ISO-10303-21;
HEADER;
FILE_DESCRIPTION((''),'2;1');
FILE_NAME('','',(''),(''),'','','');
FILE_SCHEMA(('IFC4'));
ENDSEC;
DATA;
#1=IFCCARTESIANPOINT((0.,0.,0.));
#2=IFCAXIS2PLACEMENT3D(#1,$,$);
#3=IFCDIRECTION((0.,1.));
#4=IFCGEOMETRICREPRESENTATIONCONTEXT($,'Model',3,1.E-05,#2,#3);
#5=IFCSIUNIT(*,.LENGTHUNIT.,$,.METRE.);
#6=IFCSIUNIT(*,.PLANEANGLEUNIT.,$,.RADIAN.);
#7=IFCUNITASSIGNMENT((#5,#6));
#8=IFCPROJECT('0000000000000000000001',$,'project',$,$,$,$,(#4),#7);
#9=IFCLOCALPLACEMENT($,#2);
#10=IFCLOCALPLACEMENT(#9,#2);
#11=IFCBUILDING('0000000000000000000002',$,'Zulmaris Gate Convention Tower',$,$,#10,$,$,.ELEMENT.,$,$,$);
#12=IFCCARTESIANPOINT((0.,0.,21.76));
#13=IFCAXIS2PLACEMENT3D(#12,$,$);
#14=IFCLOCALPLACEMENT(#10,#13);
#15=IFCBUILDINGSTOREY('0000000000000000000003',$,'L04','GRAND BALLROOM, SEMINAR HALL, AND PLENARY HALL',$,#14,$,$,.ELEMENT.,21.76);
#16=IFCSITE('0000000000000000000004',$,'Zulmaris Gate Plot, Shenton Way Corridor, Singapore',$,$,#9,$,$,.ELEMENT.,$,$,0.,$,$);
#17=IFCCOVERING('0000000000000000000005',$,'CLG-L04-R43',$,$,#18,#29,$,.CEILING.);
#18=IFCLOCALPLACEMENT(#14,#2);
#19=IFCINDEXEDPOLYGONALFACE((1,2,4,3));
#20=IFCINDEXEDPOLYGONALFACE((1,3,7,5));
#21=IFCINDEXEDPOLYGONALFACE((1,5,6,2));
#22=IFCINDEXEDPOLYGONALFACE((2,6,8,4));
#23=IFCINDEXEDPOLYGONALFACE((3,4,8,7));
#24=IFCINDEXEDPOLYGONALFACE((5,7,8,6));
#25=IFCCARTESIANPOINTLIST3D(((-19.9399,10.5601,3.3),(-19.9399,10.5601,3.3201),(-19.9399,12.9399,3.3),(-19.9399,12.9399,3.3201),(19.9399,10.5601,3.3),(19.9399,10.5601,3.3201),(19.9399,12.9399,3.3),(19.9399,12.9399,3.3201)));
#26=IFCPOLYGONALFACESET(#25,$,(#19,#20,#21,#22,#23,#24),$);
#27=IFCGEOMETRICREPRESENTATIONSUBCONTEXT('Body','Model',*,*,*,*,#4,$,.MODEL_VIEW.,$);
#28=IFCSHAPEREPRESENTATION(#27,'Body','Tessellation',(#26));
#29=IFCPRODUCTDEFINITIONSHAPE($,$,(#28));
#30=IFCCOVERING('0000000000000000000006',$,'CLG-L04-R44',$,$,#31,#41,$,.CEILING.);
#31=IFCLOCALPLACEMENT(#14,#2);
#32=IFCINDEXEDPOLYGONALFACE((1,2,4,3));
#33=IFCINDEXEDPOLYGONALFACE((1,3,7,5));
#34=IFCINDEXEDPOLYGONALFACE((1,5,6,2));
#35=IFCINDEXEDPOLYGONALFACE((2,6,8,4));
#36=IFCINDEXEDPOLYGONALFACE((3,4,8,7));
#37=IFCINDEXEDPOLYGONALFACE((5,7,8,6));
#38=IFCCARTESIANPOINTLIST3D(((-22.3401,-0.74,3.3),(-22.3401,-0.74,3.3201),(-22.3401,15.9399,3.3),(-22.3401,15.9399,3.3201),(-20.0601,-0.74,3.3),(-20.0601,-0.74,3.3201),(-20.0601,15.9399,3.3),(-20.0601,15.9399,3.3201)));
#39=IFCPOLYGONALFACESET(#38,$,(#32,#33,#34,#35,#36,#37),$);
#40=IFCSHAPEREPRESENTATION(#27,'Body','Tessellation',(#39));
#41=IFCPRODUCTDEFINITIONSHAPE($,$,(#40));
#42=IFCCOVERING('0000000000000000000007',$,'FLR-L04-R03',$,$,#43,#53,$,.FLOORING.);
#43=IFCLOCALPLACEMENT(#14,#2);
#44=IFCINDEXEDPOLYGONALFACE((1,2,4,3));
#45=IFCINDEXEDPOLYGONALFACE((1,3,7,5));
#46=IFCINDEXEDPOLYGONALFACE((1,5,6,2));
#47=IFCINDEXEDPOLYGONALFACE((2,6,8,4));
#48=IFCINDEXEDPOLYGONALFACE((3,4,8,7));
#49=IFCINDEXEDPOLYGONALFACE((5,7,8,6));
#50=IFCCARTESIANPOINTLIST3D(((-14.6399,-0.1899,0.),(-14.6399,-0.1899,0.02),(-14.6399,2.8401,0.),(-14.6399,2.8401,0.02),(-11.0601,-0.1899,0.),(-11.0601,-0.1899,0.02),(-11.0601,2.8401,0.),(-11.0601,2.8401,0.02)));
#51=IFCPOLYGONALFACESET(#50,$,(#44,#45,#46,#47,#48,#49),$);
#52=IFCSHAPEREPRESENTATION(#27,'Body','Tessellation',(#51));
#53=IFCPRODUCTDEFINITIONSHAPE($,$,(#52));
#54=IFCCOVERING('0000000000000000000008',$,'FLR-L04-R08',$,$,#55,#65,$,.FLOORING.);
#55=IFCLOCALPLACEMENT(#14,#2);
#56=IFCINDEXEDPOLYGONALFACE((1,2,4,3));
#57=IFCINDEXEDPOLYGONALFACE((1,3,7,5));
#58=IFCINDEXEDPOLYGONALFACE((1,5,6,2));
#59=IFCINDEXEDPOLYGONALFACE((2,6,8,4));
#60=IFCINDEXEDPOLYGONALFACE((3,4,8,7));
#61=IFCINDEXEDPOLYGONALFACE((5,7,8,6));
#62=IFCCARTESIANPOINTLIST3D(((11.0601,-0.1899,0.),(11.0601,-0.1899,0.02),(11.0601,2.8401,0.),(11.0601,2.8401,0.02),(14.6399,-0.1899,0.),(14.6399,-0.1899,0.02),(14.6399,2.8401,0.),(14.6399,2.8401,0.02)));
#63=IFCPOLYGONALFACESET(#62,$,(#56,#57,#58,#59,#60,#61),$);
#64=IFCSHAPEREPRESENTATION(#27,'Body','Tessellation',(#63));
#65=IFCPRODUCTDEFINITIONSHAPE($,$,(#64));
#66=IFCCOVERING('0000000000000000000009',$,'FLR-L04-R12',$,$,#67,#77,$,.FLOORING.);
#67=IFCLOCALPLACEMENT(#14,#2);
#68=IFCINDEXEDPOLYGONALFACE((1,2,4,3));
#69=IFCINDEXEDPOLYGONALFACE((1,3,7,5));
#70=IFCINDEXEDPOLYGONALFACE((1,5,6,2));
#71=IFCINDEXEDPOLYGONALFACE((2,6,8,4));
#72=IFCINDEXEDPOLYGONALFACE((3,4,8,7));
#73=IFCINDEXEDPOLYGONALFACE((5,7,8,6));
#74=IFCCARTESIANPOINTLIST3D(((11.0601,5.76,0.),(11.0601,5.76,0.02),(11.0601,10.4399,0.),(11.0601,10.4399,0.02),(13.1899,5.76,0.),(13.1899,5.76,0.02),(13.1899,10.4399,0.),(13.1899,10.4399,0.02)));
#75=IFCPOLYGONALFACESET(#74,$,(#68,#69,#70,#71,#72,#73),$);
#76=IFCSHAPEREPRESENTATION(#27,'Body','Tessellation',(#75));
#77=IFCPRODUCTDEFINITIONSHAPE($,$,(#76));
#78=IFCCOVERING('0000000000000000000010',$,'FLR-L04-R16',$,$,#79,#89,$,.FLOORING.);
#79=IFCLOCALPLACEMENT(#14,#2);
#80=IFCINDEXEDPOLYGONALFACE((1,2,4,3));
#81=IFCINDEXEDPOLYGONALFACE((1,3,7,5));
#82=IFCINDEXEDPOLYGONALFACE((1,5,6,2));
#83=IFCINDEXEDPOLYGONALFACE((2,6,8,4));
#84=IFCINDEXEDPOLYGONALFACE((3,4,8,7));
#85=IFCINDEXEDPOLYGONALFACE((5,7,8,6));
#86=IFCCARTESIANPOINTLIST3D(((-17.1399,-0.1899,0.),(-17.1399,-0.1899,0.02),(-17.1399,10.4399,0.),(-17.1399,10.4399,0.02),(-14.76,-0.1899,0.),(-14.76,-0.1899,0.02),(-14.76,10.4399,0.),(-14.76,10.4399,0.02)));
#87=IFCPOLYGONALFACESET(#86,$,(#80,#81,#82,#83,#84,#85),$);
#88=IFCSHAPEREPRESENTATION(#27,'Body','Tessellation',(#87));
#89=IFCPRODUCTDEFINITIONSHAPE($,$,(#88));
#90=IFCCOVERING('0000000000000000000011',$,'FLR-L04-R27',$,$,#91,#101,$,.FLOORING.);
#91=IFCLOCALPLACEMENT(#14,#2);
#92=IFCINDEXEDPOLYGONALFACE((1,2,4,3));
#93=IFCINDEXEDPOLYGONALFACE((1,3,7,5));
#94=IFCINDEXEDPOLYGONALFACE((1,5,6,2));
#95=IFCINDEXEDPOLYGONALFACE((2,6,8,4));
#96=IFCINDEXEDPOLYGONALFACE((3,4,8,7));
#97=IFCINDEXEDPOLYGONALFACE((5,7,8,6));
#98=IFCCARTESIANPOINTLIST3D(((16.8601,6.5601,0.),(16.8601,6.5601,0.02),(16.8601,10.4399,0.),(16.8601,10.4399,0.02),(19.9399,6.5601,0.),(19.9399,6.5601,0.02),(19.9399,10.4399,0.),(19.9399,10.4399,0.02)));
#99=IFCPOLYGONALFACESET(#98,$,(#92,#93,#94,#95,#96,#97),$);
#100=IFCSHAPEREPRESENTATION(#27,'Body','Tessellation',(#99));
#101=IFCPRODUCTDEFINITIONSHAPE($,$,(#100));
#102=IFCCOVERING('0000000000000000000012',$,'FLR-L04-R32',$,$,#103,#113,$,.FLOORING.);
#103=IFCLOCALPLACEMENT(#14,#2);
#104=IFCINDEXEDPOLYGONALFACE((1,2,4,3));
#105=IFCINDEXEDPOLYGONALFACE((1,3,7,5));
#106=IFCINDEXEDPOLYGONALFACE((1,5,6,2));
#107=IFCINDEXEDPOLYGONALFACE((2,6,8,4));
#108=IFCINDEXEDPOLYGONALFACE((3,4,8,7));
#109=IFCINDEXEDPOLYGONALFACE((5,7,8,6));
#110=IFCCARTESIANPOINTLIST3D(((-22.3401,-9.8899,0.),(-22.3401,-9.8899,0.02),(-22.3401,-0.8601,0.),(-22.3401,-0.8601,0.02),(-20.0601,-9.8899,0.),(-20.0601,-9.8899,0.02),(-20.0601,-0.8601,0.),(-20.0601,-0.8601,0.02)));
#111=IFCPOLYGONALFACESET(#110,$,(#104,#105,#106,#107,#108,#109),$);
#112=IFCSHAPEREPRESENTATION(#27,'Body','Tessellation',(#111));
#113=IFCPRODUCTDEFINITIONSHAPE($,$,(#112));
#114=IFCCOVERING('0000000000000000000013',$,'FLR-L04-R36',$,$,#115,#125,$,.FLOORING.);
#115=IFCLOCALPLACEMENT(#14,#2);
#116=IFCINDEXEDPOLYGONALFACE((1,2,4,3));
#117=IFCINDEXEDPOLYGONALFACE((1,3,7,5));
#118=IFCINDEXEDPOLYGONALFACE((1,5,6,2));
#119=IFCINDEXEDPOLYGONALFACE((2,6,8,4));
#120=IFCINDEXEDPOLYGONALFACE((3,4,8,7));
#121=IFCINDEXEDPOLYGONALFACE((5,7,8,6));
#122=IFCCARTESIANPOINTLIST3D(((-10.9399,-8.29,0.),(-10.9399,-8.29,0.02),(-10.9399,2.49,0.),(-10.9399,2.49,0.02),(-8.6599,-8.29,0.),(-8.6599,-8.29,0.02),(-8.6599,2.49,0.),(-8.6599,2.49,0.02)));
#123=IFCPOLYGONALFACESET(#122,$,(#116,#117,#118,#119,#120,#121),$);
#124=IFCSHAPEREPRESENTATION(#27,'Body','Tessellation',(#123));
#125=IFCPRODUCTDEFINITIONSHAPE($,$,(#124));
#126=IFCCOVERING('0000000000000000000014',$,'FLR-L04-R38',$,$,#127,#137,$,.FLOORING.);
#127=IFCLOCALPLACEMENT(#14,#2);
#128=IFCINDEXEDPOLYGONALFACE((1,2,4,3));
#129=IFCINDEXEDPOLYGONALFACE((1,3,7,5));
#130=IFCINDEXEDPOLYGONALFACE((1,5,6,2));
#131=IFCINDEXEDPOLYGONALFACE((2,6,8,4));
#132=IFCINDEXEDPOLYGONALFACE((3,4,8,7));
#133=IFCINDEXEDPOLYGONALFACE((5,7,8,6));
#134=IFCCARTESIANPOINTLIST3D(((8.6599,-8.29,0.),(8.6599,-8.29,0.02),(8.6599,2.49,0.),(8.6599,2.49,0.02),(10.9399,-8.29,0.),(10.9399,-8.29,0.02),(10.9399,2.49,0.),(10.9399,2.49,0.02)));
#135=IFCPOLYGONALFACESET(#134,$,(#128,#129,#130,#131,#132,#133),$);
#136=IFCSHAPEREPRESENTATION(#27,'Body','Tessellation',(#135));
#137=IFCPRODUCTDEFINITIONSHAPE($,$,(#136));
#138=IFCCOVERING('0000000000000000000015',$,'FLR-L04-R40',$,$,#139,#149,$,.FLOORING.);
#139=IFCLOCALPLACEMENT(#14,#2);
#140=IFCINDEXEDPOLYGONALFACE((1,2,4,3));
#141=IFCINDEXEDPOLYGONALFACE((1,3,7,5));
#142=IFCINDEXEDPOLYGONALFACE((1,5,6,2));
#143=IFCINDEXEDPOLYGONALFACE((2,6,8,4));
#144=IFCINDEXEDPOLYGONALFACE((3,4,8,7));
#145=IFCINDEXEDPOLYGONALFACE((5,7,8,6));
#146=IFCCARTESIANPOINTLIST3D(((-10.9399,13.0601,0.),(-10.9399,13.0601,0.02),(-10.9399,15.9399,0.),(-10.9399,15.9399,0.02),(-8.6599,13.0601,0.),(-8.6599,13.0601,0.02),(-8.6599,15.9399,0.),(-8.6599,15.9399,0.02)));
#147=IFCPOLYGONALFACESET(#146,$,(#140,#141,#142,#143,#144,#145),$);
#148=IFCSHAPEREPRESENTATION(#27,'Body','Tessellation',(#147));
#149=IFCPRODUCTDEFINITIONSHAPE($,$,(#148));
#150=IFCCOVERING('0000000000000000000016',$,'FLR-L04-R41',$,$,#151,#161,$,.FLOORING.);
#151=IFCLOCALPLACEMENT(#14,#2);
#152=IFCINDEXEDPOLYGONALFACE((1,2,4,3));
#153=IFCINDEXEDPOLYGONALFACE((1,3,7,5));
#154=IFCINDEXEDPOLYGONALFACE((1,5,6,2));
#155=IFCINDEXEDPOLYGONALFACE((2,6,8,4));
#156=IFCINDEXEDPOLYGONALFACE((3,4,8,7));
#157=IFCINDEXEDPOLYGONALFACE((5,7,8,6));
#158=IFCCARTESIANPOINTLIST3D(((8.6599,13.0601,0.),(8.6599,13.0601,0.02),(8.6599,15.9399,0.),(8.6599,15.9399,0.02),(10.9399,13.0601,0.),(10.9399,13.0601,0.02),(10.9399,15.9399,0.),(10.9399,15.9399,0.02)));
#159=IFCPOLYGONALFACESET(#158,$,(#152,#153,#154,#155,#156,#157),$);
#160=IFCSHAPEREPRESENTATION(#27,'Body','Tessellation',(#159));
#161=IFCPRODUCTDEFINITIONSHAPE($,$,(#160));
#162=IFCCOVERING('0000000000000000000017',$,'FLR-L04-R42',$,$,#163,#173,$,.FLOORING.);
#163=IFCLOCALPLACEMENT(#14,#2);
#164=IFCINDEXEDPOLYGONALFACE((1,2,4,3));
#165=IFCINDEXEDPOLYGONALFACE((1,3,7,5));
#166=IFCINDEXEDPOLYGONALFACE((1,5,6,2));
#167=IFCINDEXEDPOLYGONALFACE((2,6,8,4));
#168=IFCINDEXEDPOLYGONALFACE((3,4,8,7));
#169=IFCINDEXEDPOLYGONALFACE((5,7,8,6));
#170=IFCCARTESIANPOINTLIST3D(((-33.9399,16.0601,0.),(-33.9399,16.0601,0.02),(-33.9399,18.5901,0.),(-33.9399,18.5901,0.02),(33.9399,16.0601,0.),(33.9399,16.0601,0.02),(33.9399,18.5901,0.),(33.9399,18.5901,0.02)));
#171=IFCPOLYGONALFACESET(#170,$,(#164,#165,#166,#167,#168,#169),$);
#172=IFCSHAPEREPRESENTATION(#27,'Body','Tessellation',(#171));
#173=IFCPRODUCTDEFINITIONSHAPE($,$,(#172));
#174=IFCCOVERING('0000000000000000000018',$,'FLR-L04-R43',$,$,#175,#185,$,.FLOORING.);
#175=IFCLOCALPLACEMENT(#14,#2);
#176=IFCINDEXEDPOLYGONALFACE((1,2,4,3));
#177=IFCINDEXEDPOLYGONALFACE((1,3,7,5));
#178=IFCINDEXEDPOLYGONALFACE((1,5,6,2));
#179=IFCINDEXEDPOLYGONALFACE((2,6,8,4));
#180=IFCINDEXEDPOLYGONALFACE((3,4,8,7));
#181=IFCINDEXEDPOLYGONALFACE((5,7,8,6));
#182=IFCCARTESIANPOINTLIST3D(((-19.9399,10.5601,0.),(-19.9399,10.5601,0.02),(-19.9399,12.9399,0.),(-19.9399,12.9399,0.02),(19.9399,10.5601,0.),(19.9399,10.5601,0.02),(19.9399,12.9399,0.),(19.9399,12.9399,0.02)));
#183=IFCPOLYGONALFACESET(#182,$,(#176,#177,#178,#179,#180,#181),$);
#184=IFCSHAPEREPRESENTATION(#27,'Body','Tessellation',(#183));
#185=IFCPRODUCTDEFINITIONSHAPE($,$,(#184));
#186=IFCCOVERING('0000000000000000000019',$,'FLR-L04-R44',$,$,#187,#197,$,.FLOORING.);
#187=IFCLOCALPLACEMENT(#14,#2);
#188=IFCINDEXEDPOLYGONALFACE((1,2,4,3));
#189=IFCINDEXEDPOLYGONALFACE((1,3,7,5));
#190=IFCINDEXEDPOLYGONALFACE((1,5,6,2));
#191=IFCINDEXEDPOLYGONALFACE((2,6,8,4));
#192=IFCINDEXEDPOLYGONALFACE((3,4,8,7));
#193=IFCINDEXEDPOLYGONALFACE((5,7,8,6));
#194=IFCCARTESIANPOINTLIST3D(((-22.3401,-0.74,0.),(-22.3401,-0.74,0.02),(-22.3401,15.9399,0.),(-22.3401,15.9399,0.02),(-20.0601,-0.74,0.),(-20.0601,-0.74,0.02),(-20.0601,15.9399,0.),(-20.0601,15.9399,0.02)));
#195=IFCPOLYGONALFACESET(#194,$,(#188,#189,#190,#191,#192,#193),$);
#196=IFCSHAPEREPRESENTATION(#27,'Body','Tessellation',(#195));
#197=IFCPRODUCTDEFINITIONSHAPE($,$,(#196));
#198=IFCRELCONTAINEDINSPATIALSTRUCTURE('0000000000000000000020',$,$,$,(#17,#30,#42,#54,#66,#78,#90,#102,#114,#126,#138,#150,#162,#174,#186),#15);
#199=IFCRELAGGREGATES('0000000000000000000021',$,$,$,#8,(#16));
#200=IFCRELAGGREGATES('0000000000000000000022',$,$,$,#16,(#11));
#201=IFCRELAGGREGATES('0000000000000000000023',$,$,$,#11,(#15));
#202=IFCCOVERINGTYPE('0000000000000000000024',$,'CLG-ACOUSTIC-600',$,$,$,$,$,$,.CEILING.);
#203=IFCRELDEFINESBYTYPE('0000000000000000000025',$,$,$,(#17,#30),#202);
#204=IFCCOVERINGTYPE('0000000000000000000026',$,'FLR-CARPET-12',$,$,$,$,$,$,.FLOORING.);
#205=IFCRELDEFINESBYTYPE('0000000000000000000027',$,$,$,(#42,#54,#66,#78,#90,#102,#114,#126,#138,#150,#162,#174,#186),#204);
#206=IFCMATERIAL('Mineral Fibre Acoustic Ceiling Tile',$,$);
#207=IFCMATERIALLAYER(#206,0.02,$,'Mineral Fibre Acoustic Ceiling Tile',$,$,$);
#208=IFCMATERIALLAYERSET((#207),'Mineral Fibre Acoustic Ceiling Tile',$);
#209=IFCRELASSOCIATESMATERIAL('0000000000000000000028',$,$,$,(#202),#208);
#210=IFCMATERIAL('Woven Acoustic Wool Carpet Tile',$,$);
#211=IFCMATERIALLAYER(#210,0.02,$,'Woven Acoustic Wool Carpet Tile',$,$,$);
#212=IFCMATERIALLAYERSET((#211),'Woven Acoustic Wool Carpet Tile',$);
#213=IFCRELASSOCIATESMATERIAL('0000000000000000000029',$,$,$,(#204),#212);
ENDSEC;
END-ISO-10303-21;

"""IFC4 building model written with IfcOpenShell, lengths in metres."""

from ifc_helpers import new_model, si_unit, direction, frame, origin, place, context, subcontext, project, spatial, polyline, outline, extrude, material, layer, layer_set, type_object, element, save


model = new_model("IFC4")

# Units and contexts
model_context = context("Model", 3, precision=1e-05, world=origin(), true_north=direction((0.0, 1.0)))
body_context = subcontext(model_context, "Body", "Model", "MODEL_VIEW")
ifc_project = project(units=[si_unit("LENGTHUNIT", "METRE"), si_unit("PLANEANGLEUNIT", "RADIAN")], contexts=[model_context])

# Site, building, storey
site_placement = place(None, origin())
site = spatial("IfcSite", under=ifc_project, at=site_placement, Name="Zulmaris Gate Plot, Shenton Way Corridor, Singapore", CompositionType="ELEMENT", RefElevation=0.0)
building_placement = place(site_placement, origin())
building = spatial("IfcBuilding", under=site, at=building_placement, Name="Zulmaris Gate Convention Tower", CompositionType="ELEMENT")
storey_placement = place(building_placement, frame((0.0, 0.0, 21.76)))
storey = spatial("IfcBuildingStorey", under=building, at=storey_placement, Name="L04", Description="GRAND BALLROOM, SEMINAR HALL, AND PLENARY HALL", CompositionType="ELEMENT", Elevation=21.76)

# Coverings
ifc_material_1 = material(Name="Mineral Fibre Acoustic Ceiling Tile")
ifc_layer_1 = layer(ifc_material_1, 0.02, Name="Mineral Fibre Acoustic Ceiling Tile")
ifc_layer_set_1 = layer_set([ifc_layer_1], Name="Mineral Fibre Acoustic Ceiling Tile")
covering_type_1 = type_object("IfcCoveringType", Name="CLG-ACOUSTIC-600", PredefinedType="CEILING", material=ifc_layer_set_1)
covering_1_placement = place(storey_placement, frame((0.0, 0.0, 3.3)))
element("IfcCovering", 1, at=covering_1_placement, inside=storey, type_object=covering_type_1, Name="CLG-L04-R43", PredefinedType="CEILING", context=body_context, shape_type="SweptSolid", body=[
    extrude(outline(polyline([(-19.9399, 10.5601), (19.9399, 10.5601), (19.9399, 12.9399), (-19.9399, 12.9399), (-19.9399, 10.5601)])), origin(), (0.0, 0.0, 1.0), 0.02),
])
covering_2_placement = place(storey_placement, frame((0.0, 0.0, 3.3)))
element("IfcCovering", 2, at=covering_2_placement, inside=storey, type_object=covering_type_1, Name="CLG-L04-R44", PredefinedType="CEILING", context=body_context, shape_type="SweptSolid", body=[
    extrude(outline(polyline([(-22.3401, -0.74), (-20.0601, -0.74), (-20.0601, 15.9399), (-22.3401, 15.9399), (-22.3401, -0.74)])), origin(), (0.0, 0.0, 1.0), 0.02),
])
ifc_material_2 = material(Name="Woven Acoustic Wool Carpet Tile")
ifc_layer_2 = layer(ifc_material_2, 0.02, Name="Woven Acoustic Wool Carpet Tile")
ifc_layer_set_2 = layer_set([ifc_layer_2], Name="Woven Acoustic Wool Carpet Tile")
covering_type_2 = type_object("IfcCoveringType", Name="FLR-CARPET-12", PredefinedType="FLOORING", material=ifc_layer_set_2)
covering_3_placement = place(storey_placement, origin())
element("IfcCovering", 3, at=covering_3_placement, inside=storey, type_object=covering_type_2, Name="FLR-L04-R03", PredefinedType="FLOORING", context=body_context, shape_type="SweptSolid", body=[
    extrude(outline(polyline([(-14.6399, -0.1899), (-11.0601, -0.1899), (-11.0601, 2.8401), (-14.6399, 2.8401), (-14.6399, -0.1899)])), origin(), (0.0, 0.0, 1.0), 0.02),
])
covering_4_placement = place(storey_placement, origin())
element("IfcCovering", 4, at=covering_4_placement, inside=storey, type_object=covering_type_2, Name="FLR-L04-R08", PredefinedType="FLOORING", context=body_context, shape_type="SweptSolid", body=[
    extrude(outline(polyline([(11.0601, -0.1899), (14.6399, -0.1899), (14.6399, 2.8401), (11.0601, 2.8401), (11.0601, -0.1899)])), origin(), (0.0, 0.0, 1.0), 0.02),
])
covering_5_placement = place(storey_placement, origin())
element("IfcCovering", 5, at=covering_5_placement, inside=storey, type_object=covering_type_2, Name="FLR-L04-R12", PredefinedType="FLOORING", context=body_context, shape_type="SweptSolid", body=[
    extrude(outline(polyline([(11.0601, 5.76), (13.1899, 5.76), (13.1899, 10.4399), (11.0601, 10.4399), (11.0601, 5.76)])), origin(), (0.0, 0.0, 1.0), 0.02),
])
covering_6_placement = place(storey_placement, origin())
element("IfcCovering", 6, at=covering_6_placement, inside=storey, type_object=covering_type_2, Name="FLR-L04-R16", PredefinedType="FLOORING", context=body_context, shape_type="SweptSolid", body=[
    extrude(outline(polyline([(-17.1399, -0.1899), (-14.76, -0.1899), (-14.76, 10.4399), (-17.1399, 10.4399), (-17.1399, -0.1899)])), origin(), (0.0, 0.0, 1.0), 0.02),
])
covering_7_placement = place(storey_placement, origin())
element("IfcCovering", 7, at=covering_7_placement, inside=storey, type_object=covering_type_2, Name="FLR-L04-R27", PredefinedType="FLOORING", context=body_context, shape_type="SweptSolid", body=[
    extrude(outline(polyline([(16.8601, 6.5601), (19.9399, 6.5601), (19.9399, 10.4399), (16.8601, 10.4399), (16.8601, 6.5601)])), origin(), (0.0, 0.0, 1.0), 0.02),
])
covering_8_placement = place(storey_placement, origin())
element("IfcCovering", 8, at=covering_8_placement, inside=storey, type_object=covering_type_2, Name="FLR-L04-R32", PredefinedType="FLOORING", context=body_context, shape_type="SweptSolid", body=[
    extrude(outline(polyline([(-22.3401, -9.8899), (-20.0601, -9.8899), (-20.0601, -0.8601), (-22.3401, -0.8601), (-22.3401, -9.8899)])), origin(), (0.0, 0.0, 1.0), 0.02),
])
covering_9_placement = place(storey_placement, origin())
element("IfcCovering", 9, at=covering_9_placement, inside=storey, type_object=covering_type_2, Name="FLR-L04-R36", PredefinedType="FLOORING", context=body_context, shape_type="SweptSolid", body=[
    extrude(outline(polyline([(-10.9399, -8.29), (-8.6599, -8.29), (-8.6599, 2.49), (-10.9399, 2.49), (-10.9399, -8.29)])), origin(), (0.0, 0.0, 1.0), 0.02),
])
covering_10_placement = place(storey_placement, origin())
element("IfcCovering", 10, at=covering_10_placement, inside=storey, type_object=covering_type_2, Name="FLR-L04-R38", PredefinedType="FLOORING", context=body_context, shape_type="SweptSolid", body=[
    extrude(outline(polyline([(8.6599, -8.29), (10.9399, -8.29), (10.9399, 2.49), (8.6599, 2.49), (8.6599, -8.29)])), origin(), (0.0, 0.0, 1.0), 0.02),
])
covering_11_placement = place(storey_placement, origin())
element("IfcCovering", 11, at=covering_11_placement, inside=storey, type_object=covering_type_2, Name="FLR-L04-R40", PredefinedType="FLOORING", context=body_context, shape_type="SweptSolid", body=[
    extrude(outline(polyline([(-10.9399, 13.0601), (-8.6599, 13.0601), (-8.6599, 15.9399), (-10.9399, 15.9399), (-10.9399, 13.0601)])), origin(), (0.0, 0.0, 1.0), 0.02),
])
covering_12_placement = place(storey_placement, origin())
element("IfcCovering", 12, at=covering_12_placement, inside=storey, type_object=covering_type_2, Name="FLR-L04-R41", PredefinedType="FLOORING", context=body_context, shape_type="SweptSolid", body=[
    extrude(outline(polyline([(8.6599, 13.0601), (10.9399, 13.0601), (10.9399, 15.9399), (8.6599, 15.9399), (8.6599, 13.0601)])), origin(), (0.0, 0.0, 1.0), 0.02),
])
covering_13_placement = place(storey_placement, origin())
element("IfcCovering", 13, at=covering_13_placement, inside=storey, type_object=covering_type_2, Name="FLR-L04-R42", PredefinedType="FLOORING", context=body_context, shape_type="SweptSolid", body=[
    extrude(outline(polyline([(-33.9399, 16.0601), (33.9399, 16.0601), (33.9399, 18.5901), (-33.9399, 18.5901), (-33.9399, 16.0601)])), origin(), (0.0, 0.0, 1.0), 0.02),
])
covering_14_placement = place(storey_placement, origin())
element("IfcCovering", 14, at=covering_14_placement, inside=storey, type_object=covering_type_2, Name="FLR-L04-R43", PredefinedType="FLOORING", context=body_context, shape_type="SweptSolid", body=[
    extrude(outline(polyline([(-19.9399, 10.5601), (19.9399, 10.5601), (19.9399, 12.9399), (-19.9399, 12.9399), (-19.9399, 10.5601)])), origin(), (0.0, 0.0, 1.0), 0.02),
])
covering_15_placement = place(storey_placement, origin())
element("IfcCovering", 15, at=covering_15_placement, inside=storey, type_object=covering_type_2, Name="FLR-L04-R44", PredefinedType="FLOORING", context=body_context, shape_type="SweptSolid", body=[
    extrude(outline(polyline([(-22.3401, -0.74), (-20.0601, -0.74), (-20.0601, 15.9399), (-22.3401, 15.9399), (-22.3401, -0.74)])), origin(), (0.0, 0.0, 1.0), 0.02),
])

save(model, "model.ifc")
